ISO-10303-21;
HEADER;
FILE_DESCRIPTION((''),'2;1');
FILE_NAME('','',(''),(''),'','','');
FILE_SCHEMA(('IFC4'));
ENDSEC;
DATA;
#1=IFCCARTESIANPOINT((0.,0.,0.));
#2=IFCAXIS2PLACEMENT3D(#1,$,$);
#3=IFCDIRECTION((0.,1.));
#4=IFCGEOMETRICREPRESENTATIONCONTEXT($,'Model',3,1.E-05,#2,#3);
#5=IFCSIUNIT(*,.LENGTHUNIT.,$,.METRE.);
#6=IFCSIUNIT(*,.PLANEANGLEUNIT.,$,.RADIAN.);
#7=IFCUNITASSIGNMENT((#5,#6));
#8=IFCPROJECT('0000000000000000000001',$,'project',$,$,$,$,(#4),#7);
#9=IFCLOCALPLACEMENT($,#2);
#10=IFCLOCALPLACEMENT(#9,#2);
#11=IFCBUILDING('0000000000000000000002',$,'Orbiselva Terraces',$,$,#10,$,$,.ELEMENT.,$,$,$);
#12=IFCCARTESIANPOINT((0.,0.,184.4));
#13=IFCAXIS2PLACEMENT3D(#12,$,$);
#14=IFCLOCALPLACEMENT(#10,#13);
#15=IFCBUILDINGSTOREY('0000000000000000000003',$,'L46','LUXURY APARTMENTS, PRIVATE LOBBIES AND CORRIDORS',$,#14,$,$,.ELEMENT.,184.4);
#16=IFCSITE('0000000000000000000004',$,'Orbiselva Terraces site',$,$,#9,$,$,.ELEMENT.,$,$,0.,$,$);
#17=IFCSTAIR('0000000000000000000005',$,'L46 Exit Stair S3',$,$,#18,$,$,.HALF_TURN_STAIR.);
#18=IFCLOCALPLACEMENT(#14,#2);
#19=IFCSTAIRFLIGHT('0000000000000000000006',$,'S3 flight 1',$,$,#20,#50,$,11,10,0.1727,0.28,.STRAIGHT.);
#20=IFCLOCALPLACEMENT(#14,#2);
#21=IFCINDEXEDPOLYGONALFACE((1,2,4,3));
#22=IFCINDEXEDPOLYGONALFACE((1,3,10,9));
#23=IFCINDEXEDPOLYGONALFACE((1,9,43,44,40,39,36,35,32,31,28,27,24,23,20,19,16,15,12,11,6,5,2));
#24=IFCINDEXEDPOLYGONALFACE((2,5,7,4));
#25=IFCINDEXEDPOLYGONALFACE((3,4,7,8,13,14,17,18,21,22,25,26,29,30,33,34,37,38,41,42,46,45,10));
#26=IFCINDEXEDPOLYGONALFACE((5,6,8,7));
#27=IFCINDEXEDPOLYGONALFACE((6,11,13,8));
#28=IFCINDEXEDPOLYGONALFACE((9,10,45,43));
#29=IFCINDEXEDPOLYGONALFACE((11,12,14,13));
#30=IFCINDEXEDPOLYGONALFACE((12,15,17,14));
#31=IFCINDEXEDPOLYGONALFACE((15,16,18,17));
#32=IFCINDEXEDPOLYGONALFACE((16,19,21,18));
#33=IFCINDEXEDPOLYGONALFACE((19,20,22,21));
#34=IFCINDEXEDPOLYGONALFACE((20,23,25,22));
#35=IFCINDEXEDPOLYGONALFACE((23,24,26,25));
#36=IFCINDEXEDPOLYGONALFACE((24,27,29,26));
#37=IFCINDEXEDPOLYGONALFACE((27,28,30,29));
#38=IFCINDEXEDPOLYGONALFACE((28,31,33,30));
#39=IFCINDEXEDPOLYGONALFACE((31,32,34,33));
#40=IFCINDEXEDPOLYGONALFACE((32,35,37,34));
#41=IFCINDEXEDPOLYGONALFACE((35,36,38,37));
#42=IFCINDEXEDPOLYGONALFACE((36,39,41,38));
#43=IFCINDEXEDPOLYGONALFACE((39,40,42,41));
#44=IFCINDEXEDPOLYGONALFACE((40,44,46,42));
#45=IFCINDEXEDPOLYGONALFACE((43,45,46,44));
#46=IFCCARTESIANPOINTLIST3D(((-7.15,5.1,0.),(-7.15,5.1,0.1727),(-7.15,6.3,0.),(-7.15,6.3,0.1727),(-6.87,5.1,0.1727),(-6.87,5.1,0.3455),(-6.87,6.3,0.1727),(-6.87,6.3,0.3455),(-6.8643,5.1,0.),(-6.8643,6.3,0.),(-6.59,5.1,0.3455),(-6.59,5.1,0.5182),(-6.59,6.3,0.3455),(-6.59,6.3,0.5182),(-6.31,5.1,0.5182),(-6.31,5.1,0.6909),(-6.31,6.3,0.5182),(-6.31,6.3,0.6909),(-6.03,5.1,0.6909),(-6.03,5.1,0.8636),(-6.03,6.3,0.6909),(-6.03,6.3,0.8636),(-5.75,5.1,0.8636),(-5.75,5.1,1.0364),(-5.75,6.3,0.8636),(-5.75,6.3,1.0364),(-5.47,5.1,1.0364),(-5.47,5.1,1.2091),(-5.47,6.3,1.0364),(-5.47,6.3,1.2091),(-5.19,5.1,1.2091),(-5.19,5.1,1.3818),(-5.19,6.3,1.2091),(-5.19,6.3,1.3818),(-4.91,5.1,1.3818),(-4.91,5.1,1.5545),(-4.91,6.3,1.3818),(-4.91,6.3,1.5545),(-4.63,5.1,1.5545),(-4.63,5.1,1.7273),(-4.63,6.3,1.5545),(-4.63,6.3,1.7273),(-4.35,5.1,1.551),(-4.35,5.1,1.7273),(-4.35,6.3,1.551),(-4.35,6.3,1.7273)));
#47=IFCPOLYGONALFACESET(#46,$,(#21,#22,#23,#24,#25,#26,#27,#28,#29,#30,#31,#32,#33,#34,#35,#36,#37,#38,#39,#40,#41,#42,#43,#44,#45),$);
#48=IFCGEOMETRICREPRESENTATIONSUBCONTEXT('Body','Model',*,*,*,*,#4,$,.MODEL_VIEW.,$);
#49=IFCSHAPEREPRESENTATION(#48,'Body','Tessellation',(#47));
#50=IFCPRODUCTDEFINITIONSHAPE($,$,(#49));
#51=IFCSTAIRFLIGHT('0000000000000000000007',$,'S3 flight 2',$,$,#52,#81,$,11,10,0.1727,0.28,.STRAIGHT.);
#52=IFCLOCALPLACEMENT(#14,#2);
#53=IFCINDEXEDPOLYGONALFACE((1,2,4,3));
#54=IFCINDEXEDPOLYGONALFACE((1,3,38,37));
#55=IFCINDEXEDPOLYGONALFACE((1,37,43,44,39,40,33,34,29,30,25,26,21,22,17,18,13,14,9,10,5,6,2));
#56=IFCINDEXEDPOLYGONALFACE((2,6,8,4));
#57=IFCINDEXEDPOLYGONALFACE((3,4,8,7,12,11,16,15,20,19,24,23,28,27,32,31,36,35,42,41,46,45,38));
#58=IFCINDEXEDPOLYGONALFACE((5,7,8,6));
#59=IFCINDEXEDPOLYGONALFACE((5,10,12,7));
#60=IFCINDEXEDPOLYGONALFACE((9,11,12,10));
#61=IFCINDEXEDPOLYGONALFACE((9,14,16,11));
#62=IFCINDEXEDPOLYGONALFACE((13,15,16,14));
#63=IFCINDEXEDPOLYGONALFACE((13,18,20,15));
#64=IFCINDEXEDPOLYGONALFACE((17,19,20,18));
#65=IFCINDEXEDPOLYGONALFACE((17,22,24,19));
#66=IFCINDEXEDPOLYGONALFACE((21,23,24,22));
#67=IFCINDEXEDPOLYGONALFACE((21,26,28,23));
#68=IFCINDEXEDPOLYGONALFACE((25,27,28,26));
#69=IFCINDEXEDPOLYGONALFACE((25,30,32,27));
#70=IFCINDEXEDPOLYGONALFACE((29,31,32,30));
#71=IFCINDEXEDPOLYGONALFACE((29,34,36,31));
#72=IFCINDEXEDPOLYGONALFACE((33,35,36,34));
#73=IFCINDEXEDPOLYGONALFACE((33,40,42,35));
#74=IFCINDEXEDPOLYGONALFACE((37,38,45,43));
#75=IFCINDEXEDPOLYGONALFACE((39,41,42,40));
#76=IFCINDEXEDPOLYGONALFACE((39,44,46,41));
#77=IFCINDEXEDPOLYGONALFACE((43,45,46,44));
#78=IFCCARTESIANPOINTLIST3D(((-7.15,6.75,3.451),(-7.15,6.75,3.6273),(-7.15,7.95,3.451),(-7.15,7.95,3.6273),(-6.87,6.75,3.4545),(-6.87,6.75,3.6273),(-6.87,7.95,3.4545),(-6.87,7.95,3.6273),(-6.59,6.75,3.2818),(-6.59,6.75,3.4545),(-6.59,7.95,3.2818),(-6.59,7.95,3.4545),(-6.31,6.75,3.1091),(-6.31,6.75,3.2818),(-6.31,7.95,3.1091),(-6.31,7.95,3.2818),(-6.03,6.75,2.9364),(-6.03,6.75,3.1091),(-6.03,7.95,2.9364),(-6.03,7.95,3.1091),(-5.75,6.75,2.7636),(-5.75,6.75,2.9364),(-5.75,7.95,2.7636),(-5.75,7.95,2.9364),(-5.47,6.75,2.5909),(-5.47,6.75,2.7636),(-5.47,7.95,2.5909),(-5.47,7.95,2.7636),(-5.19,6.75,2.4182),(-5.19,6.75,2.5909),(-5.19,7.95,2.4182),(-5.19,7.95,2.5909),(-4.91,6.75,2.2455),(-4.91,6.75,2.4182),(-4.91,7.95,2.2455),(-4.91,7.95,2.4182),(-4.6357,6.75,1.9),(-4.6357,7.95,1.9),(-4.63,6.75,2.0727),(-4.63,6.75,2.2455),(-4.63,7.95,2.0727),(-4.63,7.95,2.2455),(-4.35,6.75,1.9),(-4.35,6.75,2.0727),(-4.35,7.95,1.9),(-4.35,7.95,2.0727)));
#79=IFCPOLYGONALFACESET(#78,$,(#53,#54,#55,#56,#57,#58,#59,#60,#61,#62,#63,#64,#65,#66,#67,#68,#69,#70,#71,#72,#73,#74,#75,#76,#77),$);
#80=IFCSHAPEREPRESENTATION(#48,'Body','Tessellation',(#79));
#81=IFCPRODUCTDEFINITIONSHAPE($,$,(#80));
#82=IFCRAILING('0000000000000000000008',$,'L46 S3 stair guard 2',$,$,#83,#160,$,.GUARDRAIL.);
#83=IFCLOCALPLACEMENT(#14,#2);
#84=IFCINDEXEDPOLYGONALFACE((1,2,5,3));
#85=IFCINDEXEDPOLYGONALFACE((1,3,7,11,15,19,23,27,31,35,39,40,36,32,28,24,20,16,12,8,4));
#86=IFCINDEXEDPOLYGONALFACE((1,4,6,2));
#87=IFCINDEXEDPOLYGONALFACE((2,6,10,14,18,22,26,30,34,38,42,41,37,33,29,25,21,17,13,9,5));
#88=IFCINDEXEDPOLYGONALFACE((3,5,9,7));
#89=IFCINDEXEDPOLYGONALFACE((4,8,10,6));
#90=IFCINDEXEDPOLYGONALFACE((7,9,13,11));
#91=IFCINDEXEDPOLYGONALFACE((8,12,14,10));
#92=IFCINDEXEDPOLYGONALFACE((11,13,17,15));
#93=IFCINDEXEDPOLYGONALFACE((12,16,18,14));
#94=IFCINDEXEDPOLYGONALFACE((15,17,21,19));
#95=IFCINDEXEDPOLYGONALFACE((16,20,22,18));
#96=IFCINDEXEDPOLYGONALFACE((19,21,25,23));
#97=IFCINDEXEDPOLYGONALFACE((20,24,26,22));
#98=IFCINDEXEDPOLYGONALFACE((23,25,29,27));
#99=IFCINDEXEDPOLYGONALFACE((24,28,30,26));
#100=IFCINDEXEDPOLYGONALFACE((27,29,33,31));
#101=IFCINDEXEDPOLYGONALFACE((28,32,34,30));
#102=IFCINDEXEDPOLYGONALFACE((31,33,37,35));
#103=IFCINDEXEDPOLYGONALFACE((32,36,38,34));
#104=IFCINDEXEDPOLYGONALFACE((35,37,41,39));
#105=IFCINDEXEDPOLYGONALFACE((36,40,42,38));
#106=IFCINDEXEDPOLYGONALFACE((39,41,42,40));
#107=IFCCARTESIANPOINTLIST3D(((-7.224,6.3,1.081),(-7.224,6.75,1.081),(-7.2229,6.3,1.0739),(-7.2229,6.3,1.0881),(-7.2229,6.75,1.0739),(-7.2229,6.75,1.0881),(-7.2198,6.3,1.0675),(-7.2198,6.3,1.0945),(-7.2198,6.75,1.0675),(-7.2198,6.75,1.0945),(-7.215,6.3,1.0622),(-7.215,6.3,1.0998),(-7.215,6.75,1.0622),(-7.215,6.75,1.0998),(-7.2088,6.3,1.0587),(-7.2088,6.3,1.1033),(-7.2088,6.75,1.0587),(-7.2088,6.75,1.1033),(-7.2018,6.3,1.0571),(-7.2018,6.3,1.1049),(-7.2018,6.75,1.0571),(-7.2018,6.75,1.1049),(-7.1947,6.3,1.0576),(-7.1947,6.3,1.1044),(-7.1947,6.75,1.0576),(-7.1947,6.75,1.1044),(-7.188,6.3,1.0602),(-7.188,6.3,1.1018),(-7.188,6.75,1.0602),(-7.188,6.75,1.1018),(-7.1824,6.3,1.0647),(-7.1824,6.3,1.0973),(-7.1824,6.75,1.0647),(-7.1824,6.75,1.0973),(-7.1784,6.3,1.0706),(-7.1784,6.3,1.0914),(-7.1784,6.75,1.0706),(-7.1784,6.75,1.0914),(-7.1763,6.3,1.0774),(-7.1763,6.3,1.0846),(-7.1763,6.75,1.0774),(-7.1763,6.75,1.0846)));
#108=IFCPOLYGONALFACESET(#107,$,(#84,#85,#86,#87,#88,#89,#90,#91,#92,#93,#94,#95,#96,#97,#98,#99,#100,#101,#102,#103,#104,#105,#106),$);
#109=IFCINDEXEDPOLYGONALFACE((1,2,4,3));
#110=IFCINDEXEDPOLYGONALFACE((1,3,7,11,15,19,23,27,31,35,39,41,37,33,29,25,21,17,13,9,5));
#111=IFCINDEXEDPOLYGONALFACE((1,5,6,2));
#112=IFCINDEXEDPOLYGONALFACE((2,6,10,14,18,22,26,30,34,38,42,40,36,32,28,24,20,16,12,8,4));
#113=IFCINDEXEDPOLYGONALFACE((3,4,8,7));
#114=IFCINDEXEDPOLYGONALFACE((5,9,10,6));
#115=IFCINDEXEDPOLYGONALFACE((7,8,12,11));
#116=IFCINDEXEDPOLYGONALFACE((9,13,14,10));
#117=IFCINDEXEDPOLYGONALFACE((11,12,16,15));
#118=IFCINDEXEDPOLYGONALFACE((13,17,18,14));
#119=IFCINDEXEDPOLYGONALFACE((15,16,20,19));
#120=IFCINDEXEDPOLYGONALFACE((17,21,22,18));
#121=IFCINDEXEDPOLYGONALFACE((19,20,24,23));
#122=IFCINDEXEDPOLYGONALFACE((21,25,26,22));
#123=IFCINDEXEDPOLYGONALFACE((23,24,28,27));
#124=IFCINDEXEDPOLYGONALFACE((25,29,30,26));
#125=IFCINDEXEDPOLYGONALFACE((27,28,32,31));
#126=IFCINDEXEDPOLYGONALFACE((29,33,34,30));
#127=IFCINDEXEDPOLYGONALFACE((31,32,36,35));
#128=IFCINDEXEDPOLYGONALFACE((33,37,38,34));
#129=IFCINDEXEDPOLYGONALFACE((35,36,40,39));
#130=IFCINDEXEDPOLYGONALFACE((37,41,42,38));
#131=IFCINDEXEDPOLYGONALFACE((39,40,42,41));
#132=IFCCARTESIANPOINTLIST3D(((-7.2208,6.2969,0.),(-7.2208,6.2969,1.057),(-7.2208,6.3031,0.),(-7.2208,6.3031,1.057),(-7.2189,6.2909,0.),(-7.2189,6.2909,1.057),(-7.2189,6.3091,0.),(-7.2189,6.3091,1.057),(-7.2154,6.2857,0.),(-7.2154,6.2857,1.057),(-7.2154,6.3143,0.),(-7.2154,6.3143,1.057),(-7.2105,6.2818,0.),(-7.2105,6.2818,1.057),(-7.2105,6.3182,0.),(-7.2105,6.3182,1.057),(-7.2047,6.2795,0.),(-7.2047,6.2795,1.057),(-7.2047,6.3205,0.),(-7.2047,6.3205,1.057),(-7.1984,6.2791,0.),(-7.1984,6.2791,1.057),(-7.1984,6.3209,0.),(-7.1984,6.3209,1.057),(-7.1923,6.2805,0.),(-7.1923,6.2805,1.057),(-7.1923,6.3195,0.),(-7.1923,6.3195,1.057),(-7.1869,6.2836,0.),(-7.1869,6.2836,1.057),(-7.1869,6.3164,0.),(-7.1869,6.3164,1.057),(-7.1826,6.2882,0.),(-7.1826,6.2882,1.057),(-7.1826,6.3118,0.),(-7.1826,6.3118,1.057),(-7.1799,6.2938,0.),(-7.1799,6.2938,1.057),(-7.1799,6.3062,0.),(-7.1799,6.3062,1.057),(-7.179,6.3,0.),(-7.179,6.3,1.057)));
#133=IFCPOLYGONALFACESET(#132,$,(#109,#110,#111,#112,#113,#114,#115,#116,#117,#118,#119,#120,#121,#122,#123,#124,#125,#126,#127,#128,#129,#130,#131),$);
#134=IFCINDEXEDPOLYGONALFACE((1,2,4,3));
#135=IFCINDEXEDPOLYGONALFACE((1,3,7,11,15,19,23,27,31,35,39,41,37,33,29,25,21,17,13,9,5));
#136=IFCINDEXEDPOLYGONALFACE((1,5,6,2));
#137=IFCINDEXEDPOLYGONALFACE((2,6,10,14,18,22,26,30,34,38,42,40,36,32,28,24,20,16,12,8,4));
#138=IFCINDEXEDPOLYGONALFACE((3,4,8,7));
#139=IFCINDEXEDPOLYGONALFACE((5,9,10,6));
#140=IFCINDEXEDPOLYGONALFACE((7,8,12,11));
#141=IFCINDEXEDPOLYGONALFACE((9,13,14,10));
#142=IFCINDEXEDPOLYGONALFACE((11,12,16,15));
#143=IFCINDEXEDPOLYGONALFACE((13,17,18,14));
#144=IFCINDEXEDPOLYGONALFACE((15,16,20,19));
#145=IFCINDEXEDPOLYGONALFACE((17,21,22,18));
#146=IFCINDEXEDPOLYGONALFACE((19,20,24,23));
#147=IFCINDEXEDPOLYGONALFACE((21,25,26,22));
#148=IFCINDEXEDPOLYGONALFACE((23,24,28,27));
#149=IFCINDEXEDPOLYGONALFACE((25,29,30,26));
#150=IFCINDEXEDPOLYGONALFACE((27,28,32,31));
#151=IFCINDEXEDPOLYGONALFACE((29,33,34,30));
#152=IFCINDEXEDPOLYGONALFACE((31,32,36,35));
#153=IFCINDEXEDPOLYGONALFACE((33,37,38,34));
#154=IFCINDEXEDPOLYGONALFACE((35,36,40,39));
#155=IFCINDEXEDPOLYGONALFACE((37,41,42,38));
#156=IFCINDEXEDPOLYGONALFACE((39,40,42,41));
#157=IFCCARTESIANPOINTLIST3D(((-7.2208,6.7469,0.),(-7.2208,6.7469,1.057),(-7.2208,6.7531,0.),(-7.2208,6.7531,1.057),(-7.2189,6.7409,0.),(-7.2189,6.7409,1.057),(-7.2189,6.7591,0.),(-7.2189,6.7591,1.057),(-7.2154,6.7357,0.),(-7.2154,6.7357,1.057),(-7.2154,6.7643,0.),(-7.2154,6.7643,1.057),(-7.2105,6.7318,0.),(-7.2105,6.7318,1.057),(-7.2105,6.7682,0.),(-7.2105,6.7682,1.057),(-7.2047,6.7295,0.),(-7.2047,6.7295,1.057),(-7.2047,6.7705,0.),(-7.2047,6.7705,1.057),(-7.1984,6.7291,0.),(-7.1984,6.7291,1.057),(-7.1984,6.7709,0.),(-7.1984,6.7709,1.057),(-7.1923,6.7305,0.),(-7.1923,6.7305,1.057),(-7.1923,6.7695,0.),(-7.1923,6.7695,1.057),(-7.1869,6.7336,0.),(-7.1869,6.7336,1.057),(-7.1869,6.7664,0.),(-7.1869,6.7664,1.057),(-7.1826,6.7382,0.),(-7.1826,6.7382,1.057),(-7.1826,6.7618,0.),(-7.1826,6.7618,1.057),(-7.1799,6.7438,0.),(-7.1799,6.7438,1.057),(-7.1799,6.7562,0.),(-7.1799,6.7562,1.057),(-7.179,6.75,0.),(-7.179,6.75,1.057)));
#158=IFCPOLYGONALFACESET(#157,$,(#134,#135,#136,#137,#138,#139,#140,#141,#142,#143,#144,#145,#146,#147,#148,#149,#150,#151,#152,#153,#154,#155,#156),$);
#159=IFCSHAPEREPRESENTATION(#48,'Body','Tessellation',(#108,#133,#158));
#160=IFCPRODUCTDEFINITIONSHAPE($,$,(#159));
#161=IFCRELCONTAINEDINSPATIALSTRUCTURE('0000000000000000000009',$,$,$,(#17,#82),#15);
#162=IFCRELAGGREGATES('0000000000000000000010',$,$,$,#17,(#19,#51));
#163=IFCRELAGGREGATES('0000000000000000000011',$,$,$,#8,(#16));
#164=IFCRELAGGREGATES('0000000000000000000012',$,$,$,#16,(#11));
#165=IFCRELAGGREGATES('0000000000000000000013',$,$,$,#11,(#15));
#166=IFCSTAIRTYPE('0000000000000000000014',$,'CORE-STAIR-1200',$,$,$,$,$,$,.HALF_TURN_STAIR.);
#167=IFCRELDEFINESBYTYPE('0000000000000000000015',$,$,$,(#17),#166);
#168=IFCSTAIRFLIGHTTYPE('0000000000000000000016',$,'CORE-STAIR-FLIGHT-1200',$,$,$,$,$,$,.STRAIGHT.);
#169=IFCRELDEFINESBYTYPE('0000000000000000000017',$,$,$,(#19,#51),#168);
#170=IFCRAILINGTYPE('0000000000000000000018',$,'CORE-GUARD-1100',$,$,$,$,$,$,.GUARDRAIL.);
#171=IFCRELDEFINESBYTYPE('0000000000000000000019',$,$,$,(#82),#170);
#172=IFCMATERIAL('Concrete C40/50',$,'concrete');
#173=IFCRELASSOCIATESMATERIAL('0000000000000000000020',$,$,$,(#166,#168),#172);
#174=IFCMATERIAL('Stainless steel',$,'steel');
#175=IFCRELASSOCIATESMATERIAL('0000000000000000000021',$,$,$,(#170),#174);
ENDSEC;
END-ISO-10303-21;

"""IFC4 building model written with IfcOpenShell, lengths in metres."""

from ifc_helpers import new_model, si_unit, direction, frame, origin, origin_2d, place, context, subcontext, project, spatial, polyline, circle, outline, extrude, material, type_object, element, aggregate, save


model = new_model("IFC4")

# Units and contexts
model_context = context("Model", 3, precision=1e-05, world=origin(), true_north=direction((0.0, 1.0)))
body_context = subcontext(model_context, "Body", "Model", "MODEL_VIEW")
ifc_project = project(units=[si_unit("LENGTHUNIT", "METRE"), si_unit("PLANEANGLEUNIT", "RADIAN")], contexts=[model_context])

# Site, building, storey
site_placement = place(None, origin())
site = spatial("IfcSite", under=ifc_project, at=site_placement, Name="Orbiselva Terraces site", CompositionType="ELEMENT", RefElevation=0.0)
building_placement = place(site_placement, origin())
building = spatial("IfcBuilding", under=site, at=building_placement, Name="Orbiselva Terraces", CompositionType="ELEMENT")
storey_placement = place(building_placement, frame((0.0, 0.0, 184.4)))
storey = spatial("IfcBuildingStorey", under=building, at=storey_placement, Name="L46", Description="LUXURY APARTMENTS, PRIVATE LOBBIES AND CORRIDORS", CompositionType="ELEMENT", Elevation=184.4)

# Shared definitions
ifc_material_1 = material(Name="Concrete C40/50", Category="concrete")

# Stair, stair flights
stair_type = type_object("IfcStairType", Name="CORE-STAIR-1200", PredefinedType="HALF_TURN_STAIR", material=ifc_material_1)
stair_placement = place(storey_placement, origin())
stair = element("IfcStair", 1, at=stair_placement, inside=storey, type_object=stair_type, Name="L46 Exit Stair S3", PredefinedType="HALF_TURN_STAIR")
stair_flight_type = type_object("IfcStairFlightType", Name="CORE-STAIR-FLIGHT-1200", PredefinedType="STRAIGHT", material=ifc_material_1)
stair_flight_1_placement = place(storey_placement, frame((-7.15, 5.7, 0.0), z_axis=(0.0, 0.0, 1.0), x_axis=(1.0, 0.0, 0.0)))
stair_flight_1 = element("IfcStairFlight", 2, at=stair_flight_1_placement, type_object=stair_flight_type, Name="S3 flight 1", NumberOfRisers=11, NumberOfTreads=10, PredefinedType="STRAIGHT", RiserHeight=0.1727, TreadLength=0.28, context=body_context, shape_type="SweptSolid", body=[
    extrude(outline(polyline([(0.0, 0.0), (0.0, 0.1727), (0.28, 0.1727), (0.28, 0.3455), (0.56, 0.3455), (0.56, 0.5182), (0.84, 0.5182), (0.84, 0.6909), (1.12, 0.6909), (1.12, 0.8636), (1.4, 0.8636), (1.4, 1.0364), (1.68, 1.0364), (1.68, 1.2091), (1.96, 1.2091), (1.96, 1.3818), (2.24, 1.3818), (2.24, 1.5545), (2.52, 1.5545), (2.52, 1.7273), (2.8, 1.7273), (2.8, 1.9), (2.8, 1.551), (0.2857, 0.0), (0.0, 0.0)])), frame((0.0, 0.6, 0.0), z_axis=(0.0, -1.0, 0.0), x_axis=(1.0, 0.0, 0.0)), (0.0, 0.0, 1.0), 1.2),
])
stair_flight_2_placement = place(storey_placement, frame((-4.35, 7.35, 1.9), z_axis=(0.0, 0.0, 1.0), x_axis=(-1.0, 0.0, 0.0)))
stair_flight_2 = element("IfcStairFlight", 3, at=stair_flight_2_placement, type_object=stair_flight_type, Name="S3 flight 2", NumberOfRisers=11, NumberOfTreads=10, PredefinedType="STRAIGHT", RiserHeight=0.1727, TreadLength=0.28, context=body_context, shape_type="SweptSolid", body=[
    extrude(outline(polyline([(0.0, 0.0), (0.0, 0.1727), (0.28, 0.1727), (0.28, 0.3455), (0.56, 0.3455), (0.56, 0.5182), (0.84, 0.5182), (0.84, 0.6909), (1.12, 0.6909), (1.12, 0.8636), (1.4, 0.8636), (1.4, 1.0364), (1.68, 1.0364), (1.68, 1.2091), (1.96, 1.2091), (1.96, 1.3818), (2.24, 1.3818), (2.24, 1.5545), (2.52, 1.5545), (2.52, 1.7273), (2.8, 1.7273), (2.8, 1.9), (2.8, 1.551), (0.2857, 0.0), (0.0, 0.0)])), frame((0.0, 0.6, 0.0), z_axis=(0.0, -1.0, 0.0), x_axis=(1.0, 0.0, 0.0)), (0.0, 0.0, 1.0), 1.2),
])
aggregate(stair, [stair_flight_1, stair_flight_2])

# Railing
ifc_material_2 = material(Name="Stainless steel", Category="steel")
railing_type_1 = type_object("IfcRailingType", Name="CORE-GUARD-1100", PredefinedType="GUARDRAIL", material=ifc_material_2)
railing_1_placement = place(storey_placement, frame((-7.2, 6.3, 0.0)))
element("IfcRailing", 4, at=railing_1_placement, inside=storey, type_object=railing_type_1, Name="L46 S3 stair guard 2", PredefinedType="GUARDRAIL", context=body_context, shape_type="SweptSolid", body=[
    extrude(circle(Radius=0.024, at=origin_2d()), frame((0.0, 0.0, 1.081), z_axis=(0.0, 1.0, 0.0), x_axis=(-1.0, 0.0, 0.0)), (0.0, 0.0, 1.0), 0.45),
    extrude(circle(Radius=0.021, at=origin_2d()), origin(), (0.0, 0.0, 1.0), 1.057),
    extrude(circle(Radius=0.021, at=origin_2d()), frame((0.0, 0.45, 0.0)), (0.0, 0.0, 1.0), 1.057),
])

save(model, "model.ifc")
